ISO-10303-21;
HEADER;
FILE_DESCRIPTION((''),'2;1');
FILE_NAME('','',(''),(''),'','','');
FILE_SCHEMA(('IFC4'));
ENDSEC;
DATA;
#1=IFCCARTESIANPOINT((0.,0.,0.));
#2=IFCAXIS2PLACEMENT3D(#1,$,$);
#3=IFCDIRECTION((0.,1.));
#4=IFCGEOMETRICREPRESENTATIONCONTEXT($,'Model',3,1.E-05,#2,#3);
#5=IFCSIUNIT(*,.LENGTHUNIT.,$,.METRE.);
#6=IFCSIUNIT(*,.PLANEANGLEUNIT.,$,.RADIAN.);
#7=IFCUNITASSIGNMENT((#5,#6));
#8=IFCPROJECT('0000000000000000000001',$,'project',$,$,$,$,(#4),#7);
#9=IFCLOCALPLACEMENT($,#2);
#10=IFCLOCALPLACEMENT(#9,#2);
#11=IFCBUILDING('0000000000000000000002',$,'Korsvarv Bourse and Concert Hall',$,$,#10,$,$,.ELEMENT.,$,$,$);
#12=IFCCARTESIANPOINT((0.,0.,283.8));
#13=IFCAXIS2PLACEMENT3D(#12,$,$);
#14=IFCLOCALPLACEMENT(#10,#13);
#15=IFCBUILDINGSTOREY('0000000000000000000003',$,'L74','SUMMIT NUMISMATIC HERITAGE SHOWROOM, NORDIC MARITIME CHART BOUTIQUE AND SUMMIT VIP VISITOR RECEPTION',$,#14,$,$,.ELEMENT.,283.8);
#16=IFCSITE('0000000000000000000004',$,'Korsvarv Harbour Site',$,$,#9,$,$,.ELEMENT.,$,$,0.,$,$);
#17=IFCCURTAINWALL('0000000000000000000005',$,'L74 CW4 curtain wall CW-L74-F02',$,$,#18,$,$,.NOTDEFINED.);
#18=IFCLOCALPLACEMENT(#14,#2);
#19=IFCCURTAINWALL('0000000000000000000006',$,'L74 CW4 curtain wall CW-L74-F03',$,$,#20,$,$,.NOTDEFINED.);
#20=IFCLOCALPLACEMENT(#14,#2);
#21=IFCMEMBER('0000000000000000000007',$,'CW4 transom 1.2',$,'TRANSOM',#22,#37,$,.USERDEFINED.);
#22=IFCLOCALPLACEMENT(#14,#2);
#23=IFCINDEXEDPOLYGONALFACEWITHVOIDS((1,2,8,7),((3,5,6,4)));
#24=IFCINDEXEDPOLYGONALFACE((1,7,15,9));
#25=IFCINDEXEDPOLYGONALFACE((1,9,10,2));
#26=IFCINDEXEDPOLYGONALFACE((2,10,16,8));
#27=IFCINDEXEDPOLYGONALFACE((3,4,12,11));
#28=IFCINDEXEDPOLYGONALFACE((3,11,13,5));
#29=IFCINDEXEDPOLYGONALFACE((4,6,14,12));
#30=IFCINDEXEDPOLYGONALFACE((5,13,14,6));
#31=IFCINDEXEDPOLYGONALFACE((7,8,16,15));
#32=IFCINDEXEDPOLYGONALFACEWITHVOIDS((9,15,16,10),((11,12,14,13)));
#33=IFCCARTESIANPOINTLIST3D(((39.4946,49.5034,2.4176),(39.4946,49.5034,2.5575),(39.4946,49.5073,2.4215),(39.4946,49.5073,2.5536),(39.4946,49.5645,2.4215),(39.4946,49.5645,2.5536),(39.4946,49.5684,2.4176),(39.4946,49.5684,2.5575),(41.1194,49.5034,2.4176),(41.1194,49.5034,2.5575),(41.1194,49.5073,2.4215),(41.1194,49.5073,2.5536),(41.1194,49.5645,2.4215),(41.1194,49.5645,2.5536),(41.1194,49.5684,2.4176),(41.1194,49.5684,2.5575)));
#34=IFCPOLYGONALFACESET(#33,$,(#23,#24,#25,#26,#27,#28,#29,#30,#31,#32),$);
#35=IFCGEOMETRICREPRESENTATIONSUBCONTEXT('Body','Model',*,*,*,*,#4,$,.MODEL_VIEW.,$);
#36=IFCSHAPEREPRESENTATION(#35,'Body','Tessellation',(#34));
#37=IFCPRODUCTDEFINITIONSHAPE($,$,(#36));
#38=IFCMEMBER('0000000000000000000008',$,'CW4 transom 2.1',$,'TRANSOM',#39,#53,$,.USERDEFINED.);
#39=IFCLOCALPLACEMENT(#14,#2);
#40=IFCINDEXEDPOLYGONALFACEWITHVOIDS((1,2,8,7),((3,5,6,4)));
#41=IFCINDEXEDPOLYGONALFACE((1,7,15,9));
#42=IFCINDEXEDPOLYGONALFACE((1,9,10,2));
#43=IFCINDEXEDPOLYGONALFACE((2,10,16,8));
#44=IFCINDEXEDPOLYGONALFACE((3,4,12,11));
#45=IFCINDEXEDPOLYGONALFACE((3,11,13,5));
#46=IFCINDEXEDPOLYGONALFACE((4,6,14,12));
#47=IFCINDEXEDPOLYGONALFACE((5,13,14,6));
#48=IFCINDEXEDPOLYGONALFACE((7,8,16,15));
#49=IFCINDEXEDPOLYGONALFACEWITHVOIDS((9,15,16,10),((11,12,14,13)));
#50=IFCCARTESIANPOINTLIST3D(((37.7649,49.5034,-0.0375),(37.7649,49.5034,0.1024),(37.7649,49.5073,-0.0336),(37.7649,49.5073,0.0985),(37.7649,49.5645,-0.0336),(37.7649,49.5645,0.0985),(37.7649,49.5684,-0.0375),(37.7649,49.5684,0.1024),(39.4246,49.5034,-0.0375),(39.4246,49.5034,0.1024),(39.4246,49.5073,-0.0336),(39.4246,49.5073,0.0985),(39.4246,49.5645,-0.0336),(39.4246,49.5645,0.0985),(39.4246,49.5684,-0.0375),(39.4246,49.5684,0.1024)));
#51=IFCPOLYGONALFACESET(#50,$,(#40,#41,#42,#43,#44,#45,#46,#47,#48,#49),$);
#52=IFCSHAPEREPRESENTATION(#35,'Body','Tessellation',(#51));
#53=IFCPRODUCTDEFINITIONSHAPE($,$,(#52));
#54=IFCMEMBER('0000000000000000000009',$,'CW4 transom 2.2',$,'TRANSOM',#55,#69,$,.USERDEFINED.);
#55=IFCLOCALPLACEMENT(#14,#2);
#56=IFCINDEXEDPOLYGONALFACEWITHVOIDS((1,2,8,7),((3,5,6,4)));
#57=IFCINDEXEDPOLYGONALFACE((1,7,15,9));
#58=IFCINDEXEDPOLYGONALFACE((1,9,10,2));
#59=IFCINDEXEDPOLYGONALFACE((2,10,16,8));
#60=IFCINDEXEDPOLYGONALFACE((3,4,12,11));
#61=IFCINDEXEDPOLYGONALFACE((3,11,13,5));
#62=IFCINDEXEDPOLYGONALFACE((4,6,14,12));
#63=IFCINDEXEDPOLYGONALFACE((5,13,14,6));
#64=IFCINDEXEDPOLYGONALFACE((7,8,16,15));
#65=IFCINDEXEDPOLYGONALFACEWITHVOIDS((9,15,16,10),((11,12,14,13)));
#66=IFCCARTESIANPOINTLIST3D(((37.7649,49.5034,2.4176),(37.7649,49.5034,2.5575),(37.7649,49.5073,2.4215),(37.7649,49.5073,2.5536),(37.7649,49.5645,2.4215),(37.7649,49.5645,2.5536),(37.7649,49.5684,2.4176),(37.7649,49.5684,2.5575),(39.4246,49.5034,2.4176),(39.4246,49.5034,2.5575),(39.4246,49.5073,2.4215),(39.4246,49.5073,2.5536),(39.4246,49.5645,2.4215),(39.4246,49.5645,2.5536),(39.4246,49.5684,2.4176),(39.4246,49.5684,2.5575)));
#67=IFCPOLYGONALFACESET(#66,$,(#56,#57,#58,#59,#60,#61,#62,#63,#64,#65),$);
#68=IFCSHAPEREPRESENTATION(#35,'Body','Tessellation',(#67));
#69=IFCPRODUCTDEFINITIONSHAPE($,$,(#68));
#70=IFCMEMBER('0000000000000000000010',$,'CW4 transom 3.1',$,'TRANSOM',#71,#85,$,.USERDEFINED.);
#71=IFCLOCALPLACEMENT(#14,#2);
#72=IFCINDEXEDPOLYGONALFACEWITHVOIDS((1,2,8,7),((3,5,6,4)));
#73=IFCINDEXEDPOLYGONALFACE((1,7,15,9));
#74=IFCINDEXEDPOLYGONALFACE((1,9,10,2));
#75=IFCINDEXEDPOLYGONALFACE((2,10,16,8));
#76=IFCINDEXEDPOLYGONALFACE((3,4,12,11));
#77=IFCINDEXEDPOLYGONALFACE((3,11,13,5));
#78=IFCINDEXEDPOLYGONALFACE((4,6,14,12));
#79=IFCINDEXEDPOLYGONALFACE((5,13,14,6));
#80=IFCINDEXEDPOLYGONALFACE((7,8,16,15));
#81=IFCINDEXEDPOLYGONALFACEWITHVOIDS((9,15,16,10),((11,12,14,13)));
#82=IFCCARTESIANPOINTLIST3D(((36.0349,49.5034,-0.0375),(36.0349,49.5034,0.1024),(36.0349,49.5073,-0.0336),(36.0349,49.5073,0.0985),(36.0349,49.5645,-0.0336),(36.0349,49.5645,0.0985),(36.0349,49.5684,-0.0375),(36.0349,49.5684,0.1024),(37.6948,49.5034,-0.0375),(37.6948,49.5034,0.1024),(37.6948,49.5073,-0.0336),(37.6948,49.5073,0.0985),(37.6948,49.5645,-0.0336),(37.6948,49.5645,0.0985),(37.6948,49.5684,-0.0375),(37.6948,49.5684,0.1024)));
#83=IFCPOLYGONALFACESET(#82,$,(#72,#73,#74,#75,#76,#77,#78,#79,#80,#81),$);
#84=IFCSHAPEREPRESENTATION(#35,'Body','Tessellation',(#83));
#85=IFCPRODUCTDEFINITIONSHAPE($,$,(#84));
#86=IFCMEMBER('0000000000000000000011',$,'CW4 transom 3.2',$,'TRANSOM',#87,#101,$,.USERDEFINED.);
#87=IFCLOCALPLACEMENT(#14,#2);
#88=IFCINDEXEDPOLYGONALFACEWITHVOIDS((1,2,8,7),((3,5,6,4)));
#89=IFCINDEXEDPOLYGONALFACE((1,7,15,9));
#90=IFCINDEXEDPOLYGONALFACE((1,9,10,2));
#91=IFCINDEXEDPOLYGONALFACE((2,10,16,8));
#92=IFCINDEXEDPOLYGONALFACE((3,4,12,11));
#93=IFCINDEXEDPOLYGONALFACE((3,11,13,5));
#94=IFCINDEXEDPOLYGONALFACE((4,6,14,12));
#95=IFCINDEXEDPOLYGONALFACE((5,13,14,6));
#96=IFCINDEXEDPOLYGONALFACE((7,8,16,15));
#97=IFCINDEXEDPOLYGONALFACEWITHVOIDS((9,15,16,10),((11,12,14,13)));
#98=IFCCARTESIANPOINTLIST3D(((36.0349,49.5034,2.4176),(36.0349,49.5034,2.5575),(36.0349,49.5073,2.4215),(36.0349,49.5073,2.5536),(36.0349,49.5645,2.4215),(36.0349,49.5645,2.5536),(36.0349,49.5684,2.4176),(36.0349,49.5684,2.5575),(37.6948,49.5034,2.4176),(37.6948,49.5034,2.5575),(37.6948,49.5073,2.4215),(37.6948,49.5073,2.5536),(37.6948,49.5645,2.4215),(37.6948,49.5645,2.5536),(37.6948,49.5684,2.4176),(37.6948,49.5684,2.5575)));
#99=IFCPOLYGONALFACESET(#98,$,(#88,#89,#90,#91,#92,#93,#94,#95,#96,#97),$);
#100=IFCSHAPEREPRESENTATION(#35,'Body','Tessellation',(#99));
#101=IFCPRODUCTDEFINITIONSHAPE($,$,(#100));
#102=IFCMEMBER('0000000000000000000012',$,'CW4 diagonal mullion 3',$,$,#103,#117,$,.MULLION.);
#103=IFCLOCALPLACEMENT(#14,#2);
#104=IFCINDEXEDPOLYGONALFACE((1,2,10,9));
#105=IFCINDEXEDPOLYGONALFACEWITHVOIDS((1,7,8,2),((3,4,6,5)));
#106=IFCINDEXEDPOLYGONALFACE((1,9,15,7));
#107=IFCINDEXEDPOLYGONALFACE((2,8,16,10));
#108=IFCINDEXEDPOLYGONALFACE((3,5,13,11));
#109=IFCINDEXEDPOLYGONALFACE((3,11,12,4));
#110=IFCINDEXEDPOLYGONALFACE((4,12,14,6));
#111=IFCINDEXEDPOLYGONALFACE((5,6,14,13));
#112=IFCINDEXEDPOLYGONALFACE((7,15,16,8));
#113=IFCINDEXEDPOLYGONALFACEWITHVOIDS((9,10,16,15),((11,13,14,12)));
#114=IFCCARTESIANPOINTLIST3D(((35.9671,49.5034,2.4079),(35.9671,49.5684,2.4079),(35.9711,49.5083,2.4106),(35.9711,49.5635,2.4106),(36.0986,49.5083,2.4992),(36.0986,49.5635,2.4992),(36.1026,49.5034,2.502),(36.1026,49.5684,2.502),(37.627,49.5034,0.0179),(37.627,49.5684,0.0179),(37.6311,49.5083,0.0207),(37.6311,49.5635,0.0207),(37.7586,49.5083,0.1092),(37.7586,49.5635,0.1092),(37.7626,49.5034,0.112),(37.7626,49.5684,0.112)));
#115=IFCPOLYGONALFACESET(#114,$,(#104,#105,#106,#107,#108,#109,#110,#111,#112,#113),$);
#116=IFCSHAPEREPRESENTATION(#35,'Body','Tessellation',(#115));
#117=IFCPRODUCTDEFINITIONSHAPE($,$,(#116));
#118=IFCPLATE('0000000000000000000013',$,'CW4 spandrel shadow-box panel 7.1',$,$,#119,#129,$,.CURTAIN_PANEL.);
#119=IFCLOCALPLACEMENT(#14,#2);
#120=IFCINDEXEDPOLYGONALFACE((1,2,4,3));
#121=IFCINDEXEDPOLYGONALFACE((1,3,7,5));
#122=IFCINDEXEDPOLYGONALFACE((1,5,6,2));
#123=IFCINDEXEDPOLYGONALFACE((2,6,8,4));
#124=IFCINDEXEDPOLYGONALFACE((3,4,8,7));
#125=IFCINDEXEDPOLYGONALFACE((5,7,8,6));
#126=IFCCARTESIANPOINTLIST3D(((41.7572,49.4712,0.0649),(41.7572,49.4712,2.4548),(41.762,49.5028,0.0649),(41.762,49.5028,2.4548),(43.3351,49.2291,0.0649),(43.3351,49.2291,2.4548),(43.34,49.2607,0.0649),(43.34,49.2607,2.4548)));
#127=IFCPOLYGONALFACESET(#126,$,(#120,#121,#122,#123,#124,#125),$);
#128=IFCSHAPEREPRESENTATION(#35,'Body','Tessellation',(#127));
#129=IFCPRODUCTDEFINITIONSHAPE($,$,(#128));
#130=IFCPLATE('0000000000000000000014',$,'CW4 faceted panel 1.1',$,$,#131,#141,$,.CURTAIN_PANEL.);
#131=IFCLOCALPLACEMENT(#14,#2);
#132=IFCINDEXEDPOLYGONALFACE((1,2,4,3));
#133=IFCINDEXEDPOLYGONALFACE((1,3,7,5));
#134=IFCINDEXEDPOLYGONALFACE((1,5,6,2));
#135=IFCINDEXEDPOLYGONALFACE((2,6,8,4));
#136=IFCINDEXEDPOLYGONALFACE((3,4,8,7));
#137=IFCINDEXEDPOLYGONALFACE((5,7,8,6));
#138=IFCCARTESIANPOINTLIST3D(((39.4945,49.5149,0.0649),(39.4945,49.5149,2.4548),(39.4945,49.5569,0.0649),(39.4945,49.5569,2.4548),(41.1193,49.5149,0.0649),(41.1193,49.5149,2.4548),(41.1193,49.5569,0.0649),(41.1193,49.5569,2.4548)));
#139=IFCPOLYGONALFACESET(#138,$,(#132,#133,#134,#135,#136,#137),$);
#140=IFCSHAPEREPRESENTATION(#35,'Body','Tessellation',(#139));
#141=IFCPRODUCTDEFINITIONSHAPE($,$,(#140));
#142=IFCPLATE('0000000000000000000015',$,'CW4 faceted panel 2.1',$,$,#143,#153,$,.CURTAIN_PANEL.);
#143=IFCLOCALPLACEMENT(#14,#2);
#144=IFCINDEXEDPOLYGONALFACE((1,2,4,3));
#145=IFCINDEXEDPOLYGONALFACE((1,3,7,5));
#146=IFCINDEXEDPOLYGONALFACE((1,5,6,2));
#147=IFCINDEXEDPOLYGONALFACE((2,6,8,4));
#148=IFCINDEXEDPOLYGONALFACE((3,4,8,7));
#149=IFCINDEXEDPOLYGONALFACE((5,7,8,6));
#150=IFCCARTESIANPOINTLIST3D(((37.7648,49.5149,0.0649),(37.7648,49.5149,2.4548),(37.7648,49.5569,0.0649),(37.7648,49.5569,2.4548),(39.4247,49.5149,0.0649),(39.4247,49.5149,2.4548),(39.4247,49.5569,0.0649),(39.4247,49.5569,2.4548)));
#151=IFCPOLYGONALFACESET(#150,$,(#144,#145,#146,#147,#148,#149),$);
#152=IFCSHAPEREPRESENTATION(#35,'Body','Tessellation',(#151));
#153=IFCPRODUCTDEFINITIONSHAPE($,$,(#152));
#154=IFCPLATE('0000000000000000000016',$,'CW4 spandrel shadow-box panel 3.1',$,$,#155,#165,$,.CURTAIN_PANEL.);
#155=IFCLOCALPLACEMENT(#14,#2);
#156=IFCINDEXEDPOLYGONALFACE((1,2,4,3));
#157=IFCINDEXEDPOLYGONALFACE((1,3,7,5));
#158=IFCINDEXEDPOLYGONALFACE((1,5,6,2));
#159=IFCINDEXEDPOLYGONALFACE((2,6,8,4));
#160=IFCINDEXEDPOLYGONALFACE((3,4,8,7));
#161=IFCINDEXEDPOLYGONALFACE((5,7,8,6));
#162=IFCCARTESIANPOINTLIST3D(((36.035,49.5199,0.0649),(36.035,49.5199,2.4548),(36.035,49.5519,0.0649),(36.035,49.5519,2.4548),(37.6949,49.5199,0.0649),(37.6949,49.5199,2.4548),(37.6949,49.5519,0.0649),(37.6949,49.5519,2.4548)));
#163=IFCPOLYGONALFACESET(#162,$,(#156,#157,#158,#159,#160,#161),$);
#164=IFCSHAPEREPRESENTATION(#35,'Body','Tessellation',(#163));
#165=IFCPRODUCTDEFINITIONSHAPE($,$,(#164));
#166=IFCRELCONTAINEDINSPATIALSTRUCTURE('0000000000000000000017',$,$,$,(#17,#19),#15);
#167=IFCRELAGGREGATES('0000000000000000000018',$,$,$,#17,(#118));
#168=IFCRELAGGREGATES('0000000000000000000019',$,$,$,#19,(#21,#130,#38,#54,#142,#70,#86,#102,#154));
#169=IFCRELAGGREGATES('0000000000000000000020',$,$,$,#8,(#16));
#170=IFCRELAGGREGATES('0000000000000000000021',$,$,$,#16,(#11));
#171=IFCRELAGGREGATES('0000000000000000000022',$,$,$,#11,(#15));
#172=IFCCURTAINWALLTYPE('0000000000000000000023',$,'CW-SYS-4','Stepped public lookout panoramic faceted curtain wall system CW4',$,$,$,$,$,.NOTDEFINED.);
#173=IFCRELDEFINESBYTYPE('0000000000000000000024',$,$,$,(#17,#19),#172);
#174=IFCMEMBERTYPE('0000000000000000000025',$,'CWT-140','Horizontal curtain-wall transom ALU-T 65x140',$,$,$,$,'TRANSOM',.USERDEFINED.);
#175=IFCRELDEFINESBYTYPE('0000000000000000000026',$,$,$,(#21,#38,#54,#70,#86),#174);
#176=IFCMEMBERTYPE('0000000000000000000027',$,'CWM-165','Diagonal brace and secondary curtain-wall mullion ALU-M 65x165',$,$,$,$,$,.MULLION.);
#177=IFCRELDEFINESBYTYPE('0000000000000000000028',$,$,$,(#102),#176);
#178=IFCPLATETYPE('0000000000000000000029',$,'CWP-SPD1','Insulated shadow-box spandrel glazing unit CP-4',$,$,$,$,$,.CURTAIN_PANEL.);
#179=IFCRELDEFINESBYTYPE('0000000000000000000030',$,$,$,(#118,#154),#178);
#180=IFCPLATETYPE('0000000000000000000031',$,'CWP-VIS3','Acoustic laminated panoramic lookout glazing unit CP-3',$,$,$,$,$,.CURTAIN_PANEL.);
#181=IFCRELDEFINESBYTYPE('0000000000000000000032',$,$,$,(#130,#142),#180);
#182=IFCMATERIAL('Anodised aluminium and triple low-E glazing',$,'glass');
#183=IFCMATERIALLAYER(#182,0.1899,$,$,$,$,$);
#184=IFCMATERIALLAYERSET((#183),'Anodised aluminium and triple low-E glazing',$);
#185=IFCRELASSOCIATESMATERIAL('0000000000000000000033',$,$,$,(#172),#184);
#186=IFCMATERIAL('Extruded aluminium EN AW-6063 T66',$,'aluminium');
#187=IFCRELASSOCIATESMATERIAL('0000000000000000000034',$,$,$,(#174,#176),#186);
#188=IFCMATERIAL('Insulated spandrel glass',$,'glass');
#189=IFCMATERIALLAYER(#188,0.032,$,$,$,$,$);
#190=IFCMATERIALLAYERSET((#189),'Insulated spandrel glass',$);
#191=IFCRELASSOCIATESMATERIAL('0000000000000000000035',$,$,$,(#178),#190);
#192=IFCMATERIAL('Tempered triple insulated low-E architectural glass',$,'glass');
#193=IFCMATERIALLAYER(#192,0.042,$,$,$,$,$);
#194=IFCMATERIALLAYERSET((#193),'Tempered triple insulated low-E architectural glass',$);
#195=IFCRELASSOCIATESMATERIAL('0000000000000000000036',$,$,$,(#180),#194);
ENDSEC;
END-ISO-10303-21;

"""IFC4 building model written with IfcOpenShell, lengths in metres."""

from ifc_helpers import new_model, si_unit, direction, frame, origin, origin_2d, place, context, subcontext, project, spatial, rectangle, hollow_rectangle, extrude, source, transform, mapped, material, layer, layer_set, material_profile, profile_set, type_object, element, aggregate, save


model = new_model("IFC4")

# Units and contexts
model_context = context("Model", 3, precision=1e-05, world=origin(), true_north=direction((0.0, 1.0)))
body_context = subcontext(model_context, "Body", "Model", "MODEL_VIEW")
ifc_project = project(units=[si_unit("LENGTHUNIT", "METRE"), si_unit("PLANEANGLEUNIT", "RADIAN")], contexts=[model_context])

# Site, building, storey
site_placement = place(None, origin())
site = spatial("IfcSite", under=ifc_project, at=site_placement, Name="Korsvarv Harbour Site", CompositionType="ELEMENT", RefElevation=0.0)
building_placement = place(site_placement, origin())
building = spatial("IfcBuilding", under=site, at=building_placement, Name="Korsvarv Bourse and Concert Hall", CompositionType="ELEMENT")
storey_placement = place(building_placement, frame((0.0, 0.0, 283.8)))
storey = spatial("IfcBuildingStorey", under=building, at=storey_placement, Name="L74", Description="SUMMIT NUMISMATIC HERITAGE SHOWROOM, NORDIC MARITIME CHART BOUTIQUE AND SUMMIT VIP VISITOR RECEPTION", CompositionType="ELEMENT", Elevation=283.8)

# Curtain wall
ifc_material_1 = material(Name="Anodised aluminium and triple low-E glazing", Category="glass")
ifc_layer_1 = layer(ifc_material_1, 0.1899)
ifc_layer_set_1 = layer_set([ifc_layer_1], Name="Anodised aluminium and triple low-E glazing")
curtain_wall_type = type_object("IfcCurtainWallType", Name="CW-SYS-4", Description="Stepped public lookout panoramic faceted curtain wall system CW4", PredefinedType="NOTDEFINED", material=ifc_layer_set_1)
curtain_wall_1_placement = place(storey_placement, origin())
curtain_wall_1 = element("IfcCurtainWall", 1, at=curtain_wall_1_placement, inside=storey, type_object=curtain_wall_type, Name="L74 CW4 curtain wall CW-L74-F02", PredefinedType="NOTDEFINED")
ifc_material_2 = material(Name="Extruded aluminium EN AW-6063 T66", Category="aluminium")

# Curtain wall, members
curtain_wall_2_placement = place(storey_placement, origin())
curtain_wall_2 = element("IfcCurtainWall", 2, at=curtain_wall_2_placement, inside=storey, type_object=curtain_wall_type, Name="L74 CW4 curtain wall CW-L74-F03", PredefinedType="NOTDEFINED")
ifc_material_profile_1 = material_profile(ifc_material_2, hollow_rectangle(XDim=0.0649, YDim=0.1399, WallThickness=0.0039, at=origin_2d()), Name="ALU-T 65x140")
ifc_profile_set_1 = profile_set([ifc_material_profile_1], Name="Extruded aluminium EN AW-6063 T66")
member_type_1 = type_object("IfcMemberType", Name="CWT-140", Description="Horizontal curtain-wall transom ALU-T 65x140", ElementType="TRANSOM", PredefinedType="USERDEFINED", material=ifc_profile_set_1)
shared_shape_1 = source(origin(), body_context, "Body", "SweptSolid", [
    extrude(hollow_rectangle(XDim=0.0649, YDim=0.1399, WallThickness=0.0039, at=origin_2d()), origin(), (0.0, 0.0, 1.0), 1.6248),
])
member_1_placement = place(storey_placement, frame((41.1194, 49.5359, 2.4875), z_axis=(-1.0, 0.0, 0.0), x_axis=(0.0, -1.0, 0.0)))
member_1 = element("IfcMember", 3, at=member_1_placement, type_object=member_type_1, Name="CW4 transom 1.2", ObjectType="TRANSOM", PredefinedType="USERDEFINED", context=body_context, shape_type="MappedRepresentation", body=[
    mapped(shared_shape_1, transform((0.0, 0.0, 0.0), scale=1.0)),
])
shared_shape_2 = source(origin(), body_context, "Body", "SweptSolid", [
    extrude(hollow_rectangle(XDim=0.0649, YDim=0.1399, WallThickness=0.0039, at=origin_2d()), origin(), (0.0, 0.0, 1.0), 1.6597),
])
member_2_placement = place(storey_placement, frame((39.4246, 49.5359, 0.0325), z_axis=(-1.0, 0.0, 0.0), x_axis=(0.0, -1.0, 0.0)))
member_2 = element("IfcMember", 4, at=member_2_placement, type_object=member_type_1, Name="CW4 transom 2.1", ObjectType="TRANSOM", PredefinedType="USERDEFINED", context=body_context, shape_type="MappedRepresentation", body=[
    mapped(shared_shape_2, transform((0.0, 0.0, 0.0), scale=1.0)),
])
member_3_placement = place(storey_placement, frame((39.4246, 49.5359, 2.4875), z_axis=(-1.0, 0.0, 0.0), x_axis=(0.0, -1.0, 0.0)))
member_3 = element("IfcMember", 5, at=member_3_placement, type_object=member_type_1, Name="CW4 transom 2.2", ObjectType="TRANSOM", PredefinedType="USERDEFINED", context=body_context, shape_type="MappedRepresentation", body=[
    mapped(shared_shape_2, transform((0.0, 0.0, 0.0), scale=1.0)),
])
shared_shape_3 = source(origin(), body_context, "Body", "SweptSolid", [
    extrude(hollow_rectangle(XDim=0.0649, YDim=0.1399, WallThickness=0.0039, at=origin_2d()), origin(), (0.0, 0.0, 1.0), 1.6599),
])
member_4_placement = place(storey_placement, frame((37.6948, 49.5359, 0.0325), z_axis=(-1.0, 0.0, 0.0), x_axis=(0.0, -1.0, 0.0)))
member_4 = element("IfcMember", 6, at=member_4_placement, type_object=member_type_1, Name="CW4 transom 3.1", ObjectType="TRANSOM", PredefinedType="USERDEFINED", context=body_context, shape_type="MappedRepresentation", body=[
    mapped(shared_shape_3, transform((0.0, 0.0, 0.0), scale=1.0)),
])
member_5_placement = place(storey_placement, frame((37.6948, 49.5359, 2.4875), z_axis=(-1.0, 0.0, 0.0), x_axis=(0.0, -1.0, 0.0)))
member_5 = element("IfcMember", 7, at=member_5_placement, type_object=member_type_1, Name="CW4 transom 3.2", ObjectType="TRANSOM", PredefinedType="USERDEFINED", context=body_context, shape_type="MappedRepresentation", body=[
    mapped(shared_shape_3, transform((0.0, 0.0, 0.0), scale=1.0)),
])
ifc_material_profile_2 = material_profile(ifc_material_2, hollow_rectangle(XDim=0.0649, YDim=0.165, WallThickness=0.0049, at=origin_2d()), Name="ALU-M 65x165")
ifc_profile_set_2 = profile_set([ifc_material_profile_2], Name="Extruded aluminium EN AW-6063 T66")
member_type_2 = type_object("IfcMemberType", Name="CWM-165", Description="Diagonal brace and secondary curtain-wall mullion ALU-M 65x165", PredefinedType="MULLION", material=ifc_profile_set_2)
shared_shape_4 = source(origin(), body_context, "Body", "SweptSolid", [
    extrude(hollow_rectangle(XDim=0.0649, YDim=0.165, WallThickness=0.0049, at=origin_2d()), origin(), (0.0, 0.0, 1.0), 2.9099),
])
member_6_placement = place(storey_placement, frame((37.6948, 49.5359, 0.0649), z_axis=(-0.570457, 0.0, 0.821327), x_axis=(0.0, -1.0, 0.0)))
member_6 = element("IfcMember", 8, at=member_6_placement, type_object=member_type_2, Name="CW4 diagonal mullion 3", PredefinedType="MULLION", context=body_context, shape_type="MappedRepresentation", body=[
    mapped(shared_shape_4, transform((0.0, 0.0, 0.0), scale=1.0)),
])

# Plates
ifc_material_3 = material(Name="Insulated spandrel glass", Category="glass")
ifc_layer_2 = layer(ifc_material_3, 0.032)
ifc_layer_set_2 = layer_set([ifc_layer_2], Name="Insulated spandrel glass")
plate_type_1 = type_object("IfcPlateType", Name="CWP-SPD1", Description="Insulated shadow-box spandrel glazing unit CP-4", PredefinedType="CURTAIN_PANEL", material=ifc_layer_set_2)
shared_shape_5 = source(origin(), body_context, "Body", "SweptSolid", [
    extrude(rectangle(XDim=1.5964, YDim=0.032, at=origin_2d()), origin(), (0.0, 0.0, 1.0), 2.3899),
])
plate_1_placement = place(storey_placement, frame((42.5486, 49.366, 0.0649), z_axis=(0.0, 0.0, 1.0), x_axis=(-0.988437, 0.151631, 0.0)))
plate_1 = element("IfcPlate", 9, at=plate_1_placement, type_object=plate_type_1, Name="CW4 spandrel shadow-box panel 7.1", PredefinedType="CURTAIN_PANEL", context=body_context, shape_type="MappedRepresentation", body=[
    mapped(shared_shape_5, transform((0.0, 0.0, 0.0), scale=1.0)),
])
aggregate(curtain_wall_1, [plate_1])
ifc_material_4 = material(Name="Tempered triple insulated low-E architectural glass", Category="glass")
ifc_layer_3 = layer(ifc_material_4, 0.042)
ifc_layer_set_3 = layer_set([ifc_layer_3], Name="Tempered triple insulated low-E architectural glass")
plate_type_2 = type_object("IfcPlateType", Name="CWP-VIS3", Description="Acoustic laminated panoramic lookout glazing unit CP-3", PredefinedType="CURTAIN_PANEL", material=ifc_layer_set_3)
shared_shape_6 = source(origin(), body_context, "Body", "SweptSolid", [
    extrude(rectangle(XDim=1.6248, YDim=0.042, at=origin_2d()), origin(), (0.0, 0.0, 1.0), 2.3899),
])
plate_2_placement = place(storey_placement, frame((40.3069, 49.5359, 0.0649), z_axis=(0.0, 0.0, 1.0), x_axis=(-1.0, 0.0, 0.0)))
plate_2 = element("IfcPlate", 10, at=plate_2_placement, type_object=plate_type_2, Name="CW4 faceted panel 1.1", PredefinedType="CURTAIN_PANEL", context=body_context, shape_type="MappedRepresentation", body=[
    mapped(shared_shape_6, transform((0.0, 0.0, 0.0), scale=1.0)),
])
shared_shape_7 = source(origin(), body_context, "Body", "SweptSolid", [
    extrude(rectangle(XDim=1.6599, YDim=0.042, at=origin_2d()), origin(), (0.0, 0.0, 1.0), 2.3899),
])
plate_3_placement = place(storey_placement, frame((38.5947, 49.5359, 0.0649), z_axis=(0.0, 0.0, 1.0), x_axis=(-1.0, 0.0, 0.0)))
plate_3 = element("IfcPlate", 11, at=plate_3_placement, type_object=plate_type_2, Name="CW4 faceted panel 2.1", PredefinedType="CURTAIN_PANEL", context=body_context, shape_type="MappedRepresentation", body=[
    mapped(shared_shape_7, transform((0.0, 0.0, 0.0), scale=1.0)),
])
shared_shape_8 = source(origin(), body_context, "Body", "SweptSolid", [
    extrude(rectangle(XDim=1.6599, YDim=0.032, at=origin_2d()), origin(), (0.0, 0.0, 1.0), 2.3899),
])
plate_4_placement = place(storey_placement, frame((36.865, 49.5359, 0.0649), z_axis=(0.0, 0.0, 1.0), x_axis=(-1.0, 0.0, 0.0)))
plate_4 = element("IfcPlate", 12, at=plate_4_placement, type_object=plate_type_1, Name="CW4 spandrel shadow-box panel 3.1", PredefinedType="CURTAIN_PANEL", context=body_context, shape_type="MappedRepresentation", body=[
    mapped(shared_shape_8, transform((0.0, 0.0, 0.0), scale=1.0)),
])
aggregate(curtain_wall_2, [member_1, plate_2, member_2, member_3, plate_3, member_4, member_5, member_6, plate_4])

save(model, "model.ifc")
